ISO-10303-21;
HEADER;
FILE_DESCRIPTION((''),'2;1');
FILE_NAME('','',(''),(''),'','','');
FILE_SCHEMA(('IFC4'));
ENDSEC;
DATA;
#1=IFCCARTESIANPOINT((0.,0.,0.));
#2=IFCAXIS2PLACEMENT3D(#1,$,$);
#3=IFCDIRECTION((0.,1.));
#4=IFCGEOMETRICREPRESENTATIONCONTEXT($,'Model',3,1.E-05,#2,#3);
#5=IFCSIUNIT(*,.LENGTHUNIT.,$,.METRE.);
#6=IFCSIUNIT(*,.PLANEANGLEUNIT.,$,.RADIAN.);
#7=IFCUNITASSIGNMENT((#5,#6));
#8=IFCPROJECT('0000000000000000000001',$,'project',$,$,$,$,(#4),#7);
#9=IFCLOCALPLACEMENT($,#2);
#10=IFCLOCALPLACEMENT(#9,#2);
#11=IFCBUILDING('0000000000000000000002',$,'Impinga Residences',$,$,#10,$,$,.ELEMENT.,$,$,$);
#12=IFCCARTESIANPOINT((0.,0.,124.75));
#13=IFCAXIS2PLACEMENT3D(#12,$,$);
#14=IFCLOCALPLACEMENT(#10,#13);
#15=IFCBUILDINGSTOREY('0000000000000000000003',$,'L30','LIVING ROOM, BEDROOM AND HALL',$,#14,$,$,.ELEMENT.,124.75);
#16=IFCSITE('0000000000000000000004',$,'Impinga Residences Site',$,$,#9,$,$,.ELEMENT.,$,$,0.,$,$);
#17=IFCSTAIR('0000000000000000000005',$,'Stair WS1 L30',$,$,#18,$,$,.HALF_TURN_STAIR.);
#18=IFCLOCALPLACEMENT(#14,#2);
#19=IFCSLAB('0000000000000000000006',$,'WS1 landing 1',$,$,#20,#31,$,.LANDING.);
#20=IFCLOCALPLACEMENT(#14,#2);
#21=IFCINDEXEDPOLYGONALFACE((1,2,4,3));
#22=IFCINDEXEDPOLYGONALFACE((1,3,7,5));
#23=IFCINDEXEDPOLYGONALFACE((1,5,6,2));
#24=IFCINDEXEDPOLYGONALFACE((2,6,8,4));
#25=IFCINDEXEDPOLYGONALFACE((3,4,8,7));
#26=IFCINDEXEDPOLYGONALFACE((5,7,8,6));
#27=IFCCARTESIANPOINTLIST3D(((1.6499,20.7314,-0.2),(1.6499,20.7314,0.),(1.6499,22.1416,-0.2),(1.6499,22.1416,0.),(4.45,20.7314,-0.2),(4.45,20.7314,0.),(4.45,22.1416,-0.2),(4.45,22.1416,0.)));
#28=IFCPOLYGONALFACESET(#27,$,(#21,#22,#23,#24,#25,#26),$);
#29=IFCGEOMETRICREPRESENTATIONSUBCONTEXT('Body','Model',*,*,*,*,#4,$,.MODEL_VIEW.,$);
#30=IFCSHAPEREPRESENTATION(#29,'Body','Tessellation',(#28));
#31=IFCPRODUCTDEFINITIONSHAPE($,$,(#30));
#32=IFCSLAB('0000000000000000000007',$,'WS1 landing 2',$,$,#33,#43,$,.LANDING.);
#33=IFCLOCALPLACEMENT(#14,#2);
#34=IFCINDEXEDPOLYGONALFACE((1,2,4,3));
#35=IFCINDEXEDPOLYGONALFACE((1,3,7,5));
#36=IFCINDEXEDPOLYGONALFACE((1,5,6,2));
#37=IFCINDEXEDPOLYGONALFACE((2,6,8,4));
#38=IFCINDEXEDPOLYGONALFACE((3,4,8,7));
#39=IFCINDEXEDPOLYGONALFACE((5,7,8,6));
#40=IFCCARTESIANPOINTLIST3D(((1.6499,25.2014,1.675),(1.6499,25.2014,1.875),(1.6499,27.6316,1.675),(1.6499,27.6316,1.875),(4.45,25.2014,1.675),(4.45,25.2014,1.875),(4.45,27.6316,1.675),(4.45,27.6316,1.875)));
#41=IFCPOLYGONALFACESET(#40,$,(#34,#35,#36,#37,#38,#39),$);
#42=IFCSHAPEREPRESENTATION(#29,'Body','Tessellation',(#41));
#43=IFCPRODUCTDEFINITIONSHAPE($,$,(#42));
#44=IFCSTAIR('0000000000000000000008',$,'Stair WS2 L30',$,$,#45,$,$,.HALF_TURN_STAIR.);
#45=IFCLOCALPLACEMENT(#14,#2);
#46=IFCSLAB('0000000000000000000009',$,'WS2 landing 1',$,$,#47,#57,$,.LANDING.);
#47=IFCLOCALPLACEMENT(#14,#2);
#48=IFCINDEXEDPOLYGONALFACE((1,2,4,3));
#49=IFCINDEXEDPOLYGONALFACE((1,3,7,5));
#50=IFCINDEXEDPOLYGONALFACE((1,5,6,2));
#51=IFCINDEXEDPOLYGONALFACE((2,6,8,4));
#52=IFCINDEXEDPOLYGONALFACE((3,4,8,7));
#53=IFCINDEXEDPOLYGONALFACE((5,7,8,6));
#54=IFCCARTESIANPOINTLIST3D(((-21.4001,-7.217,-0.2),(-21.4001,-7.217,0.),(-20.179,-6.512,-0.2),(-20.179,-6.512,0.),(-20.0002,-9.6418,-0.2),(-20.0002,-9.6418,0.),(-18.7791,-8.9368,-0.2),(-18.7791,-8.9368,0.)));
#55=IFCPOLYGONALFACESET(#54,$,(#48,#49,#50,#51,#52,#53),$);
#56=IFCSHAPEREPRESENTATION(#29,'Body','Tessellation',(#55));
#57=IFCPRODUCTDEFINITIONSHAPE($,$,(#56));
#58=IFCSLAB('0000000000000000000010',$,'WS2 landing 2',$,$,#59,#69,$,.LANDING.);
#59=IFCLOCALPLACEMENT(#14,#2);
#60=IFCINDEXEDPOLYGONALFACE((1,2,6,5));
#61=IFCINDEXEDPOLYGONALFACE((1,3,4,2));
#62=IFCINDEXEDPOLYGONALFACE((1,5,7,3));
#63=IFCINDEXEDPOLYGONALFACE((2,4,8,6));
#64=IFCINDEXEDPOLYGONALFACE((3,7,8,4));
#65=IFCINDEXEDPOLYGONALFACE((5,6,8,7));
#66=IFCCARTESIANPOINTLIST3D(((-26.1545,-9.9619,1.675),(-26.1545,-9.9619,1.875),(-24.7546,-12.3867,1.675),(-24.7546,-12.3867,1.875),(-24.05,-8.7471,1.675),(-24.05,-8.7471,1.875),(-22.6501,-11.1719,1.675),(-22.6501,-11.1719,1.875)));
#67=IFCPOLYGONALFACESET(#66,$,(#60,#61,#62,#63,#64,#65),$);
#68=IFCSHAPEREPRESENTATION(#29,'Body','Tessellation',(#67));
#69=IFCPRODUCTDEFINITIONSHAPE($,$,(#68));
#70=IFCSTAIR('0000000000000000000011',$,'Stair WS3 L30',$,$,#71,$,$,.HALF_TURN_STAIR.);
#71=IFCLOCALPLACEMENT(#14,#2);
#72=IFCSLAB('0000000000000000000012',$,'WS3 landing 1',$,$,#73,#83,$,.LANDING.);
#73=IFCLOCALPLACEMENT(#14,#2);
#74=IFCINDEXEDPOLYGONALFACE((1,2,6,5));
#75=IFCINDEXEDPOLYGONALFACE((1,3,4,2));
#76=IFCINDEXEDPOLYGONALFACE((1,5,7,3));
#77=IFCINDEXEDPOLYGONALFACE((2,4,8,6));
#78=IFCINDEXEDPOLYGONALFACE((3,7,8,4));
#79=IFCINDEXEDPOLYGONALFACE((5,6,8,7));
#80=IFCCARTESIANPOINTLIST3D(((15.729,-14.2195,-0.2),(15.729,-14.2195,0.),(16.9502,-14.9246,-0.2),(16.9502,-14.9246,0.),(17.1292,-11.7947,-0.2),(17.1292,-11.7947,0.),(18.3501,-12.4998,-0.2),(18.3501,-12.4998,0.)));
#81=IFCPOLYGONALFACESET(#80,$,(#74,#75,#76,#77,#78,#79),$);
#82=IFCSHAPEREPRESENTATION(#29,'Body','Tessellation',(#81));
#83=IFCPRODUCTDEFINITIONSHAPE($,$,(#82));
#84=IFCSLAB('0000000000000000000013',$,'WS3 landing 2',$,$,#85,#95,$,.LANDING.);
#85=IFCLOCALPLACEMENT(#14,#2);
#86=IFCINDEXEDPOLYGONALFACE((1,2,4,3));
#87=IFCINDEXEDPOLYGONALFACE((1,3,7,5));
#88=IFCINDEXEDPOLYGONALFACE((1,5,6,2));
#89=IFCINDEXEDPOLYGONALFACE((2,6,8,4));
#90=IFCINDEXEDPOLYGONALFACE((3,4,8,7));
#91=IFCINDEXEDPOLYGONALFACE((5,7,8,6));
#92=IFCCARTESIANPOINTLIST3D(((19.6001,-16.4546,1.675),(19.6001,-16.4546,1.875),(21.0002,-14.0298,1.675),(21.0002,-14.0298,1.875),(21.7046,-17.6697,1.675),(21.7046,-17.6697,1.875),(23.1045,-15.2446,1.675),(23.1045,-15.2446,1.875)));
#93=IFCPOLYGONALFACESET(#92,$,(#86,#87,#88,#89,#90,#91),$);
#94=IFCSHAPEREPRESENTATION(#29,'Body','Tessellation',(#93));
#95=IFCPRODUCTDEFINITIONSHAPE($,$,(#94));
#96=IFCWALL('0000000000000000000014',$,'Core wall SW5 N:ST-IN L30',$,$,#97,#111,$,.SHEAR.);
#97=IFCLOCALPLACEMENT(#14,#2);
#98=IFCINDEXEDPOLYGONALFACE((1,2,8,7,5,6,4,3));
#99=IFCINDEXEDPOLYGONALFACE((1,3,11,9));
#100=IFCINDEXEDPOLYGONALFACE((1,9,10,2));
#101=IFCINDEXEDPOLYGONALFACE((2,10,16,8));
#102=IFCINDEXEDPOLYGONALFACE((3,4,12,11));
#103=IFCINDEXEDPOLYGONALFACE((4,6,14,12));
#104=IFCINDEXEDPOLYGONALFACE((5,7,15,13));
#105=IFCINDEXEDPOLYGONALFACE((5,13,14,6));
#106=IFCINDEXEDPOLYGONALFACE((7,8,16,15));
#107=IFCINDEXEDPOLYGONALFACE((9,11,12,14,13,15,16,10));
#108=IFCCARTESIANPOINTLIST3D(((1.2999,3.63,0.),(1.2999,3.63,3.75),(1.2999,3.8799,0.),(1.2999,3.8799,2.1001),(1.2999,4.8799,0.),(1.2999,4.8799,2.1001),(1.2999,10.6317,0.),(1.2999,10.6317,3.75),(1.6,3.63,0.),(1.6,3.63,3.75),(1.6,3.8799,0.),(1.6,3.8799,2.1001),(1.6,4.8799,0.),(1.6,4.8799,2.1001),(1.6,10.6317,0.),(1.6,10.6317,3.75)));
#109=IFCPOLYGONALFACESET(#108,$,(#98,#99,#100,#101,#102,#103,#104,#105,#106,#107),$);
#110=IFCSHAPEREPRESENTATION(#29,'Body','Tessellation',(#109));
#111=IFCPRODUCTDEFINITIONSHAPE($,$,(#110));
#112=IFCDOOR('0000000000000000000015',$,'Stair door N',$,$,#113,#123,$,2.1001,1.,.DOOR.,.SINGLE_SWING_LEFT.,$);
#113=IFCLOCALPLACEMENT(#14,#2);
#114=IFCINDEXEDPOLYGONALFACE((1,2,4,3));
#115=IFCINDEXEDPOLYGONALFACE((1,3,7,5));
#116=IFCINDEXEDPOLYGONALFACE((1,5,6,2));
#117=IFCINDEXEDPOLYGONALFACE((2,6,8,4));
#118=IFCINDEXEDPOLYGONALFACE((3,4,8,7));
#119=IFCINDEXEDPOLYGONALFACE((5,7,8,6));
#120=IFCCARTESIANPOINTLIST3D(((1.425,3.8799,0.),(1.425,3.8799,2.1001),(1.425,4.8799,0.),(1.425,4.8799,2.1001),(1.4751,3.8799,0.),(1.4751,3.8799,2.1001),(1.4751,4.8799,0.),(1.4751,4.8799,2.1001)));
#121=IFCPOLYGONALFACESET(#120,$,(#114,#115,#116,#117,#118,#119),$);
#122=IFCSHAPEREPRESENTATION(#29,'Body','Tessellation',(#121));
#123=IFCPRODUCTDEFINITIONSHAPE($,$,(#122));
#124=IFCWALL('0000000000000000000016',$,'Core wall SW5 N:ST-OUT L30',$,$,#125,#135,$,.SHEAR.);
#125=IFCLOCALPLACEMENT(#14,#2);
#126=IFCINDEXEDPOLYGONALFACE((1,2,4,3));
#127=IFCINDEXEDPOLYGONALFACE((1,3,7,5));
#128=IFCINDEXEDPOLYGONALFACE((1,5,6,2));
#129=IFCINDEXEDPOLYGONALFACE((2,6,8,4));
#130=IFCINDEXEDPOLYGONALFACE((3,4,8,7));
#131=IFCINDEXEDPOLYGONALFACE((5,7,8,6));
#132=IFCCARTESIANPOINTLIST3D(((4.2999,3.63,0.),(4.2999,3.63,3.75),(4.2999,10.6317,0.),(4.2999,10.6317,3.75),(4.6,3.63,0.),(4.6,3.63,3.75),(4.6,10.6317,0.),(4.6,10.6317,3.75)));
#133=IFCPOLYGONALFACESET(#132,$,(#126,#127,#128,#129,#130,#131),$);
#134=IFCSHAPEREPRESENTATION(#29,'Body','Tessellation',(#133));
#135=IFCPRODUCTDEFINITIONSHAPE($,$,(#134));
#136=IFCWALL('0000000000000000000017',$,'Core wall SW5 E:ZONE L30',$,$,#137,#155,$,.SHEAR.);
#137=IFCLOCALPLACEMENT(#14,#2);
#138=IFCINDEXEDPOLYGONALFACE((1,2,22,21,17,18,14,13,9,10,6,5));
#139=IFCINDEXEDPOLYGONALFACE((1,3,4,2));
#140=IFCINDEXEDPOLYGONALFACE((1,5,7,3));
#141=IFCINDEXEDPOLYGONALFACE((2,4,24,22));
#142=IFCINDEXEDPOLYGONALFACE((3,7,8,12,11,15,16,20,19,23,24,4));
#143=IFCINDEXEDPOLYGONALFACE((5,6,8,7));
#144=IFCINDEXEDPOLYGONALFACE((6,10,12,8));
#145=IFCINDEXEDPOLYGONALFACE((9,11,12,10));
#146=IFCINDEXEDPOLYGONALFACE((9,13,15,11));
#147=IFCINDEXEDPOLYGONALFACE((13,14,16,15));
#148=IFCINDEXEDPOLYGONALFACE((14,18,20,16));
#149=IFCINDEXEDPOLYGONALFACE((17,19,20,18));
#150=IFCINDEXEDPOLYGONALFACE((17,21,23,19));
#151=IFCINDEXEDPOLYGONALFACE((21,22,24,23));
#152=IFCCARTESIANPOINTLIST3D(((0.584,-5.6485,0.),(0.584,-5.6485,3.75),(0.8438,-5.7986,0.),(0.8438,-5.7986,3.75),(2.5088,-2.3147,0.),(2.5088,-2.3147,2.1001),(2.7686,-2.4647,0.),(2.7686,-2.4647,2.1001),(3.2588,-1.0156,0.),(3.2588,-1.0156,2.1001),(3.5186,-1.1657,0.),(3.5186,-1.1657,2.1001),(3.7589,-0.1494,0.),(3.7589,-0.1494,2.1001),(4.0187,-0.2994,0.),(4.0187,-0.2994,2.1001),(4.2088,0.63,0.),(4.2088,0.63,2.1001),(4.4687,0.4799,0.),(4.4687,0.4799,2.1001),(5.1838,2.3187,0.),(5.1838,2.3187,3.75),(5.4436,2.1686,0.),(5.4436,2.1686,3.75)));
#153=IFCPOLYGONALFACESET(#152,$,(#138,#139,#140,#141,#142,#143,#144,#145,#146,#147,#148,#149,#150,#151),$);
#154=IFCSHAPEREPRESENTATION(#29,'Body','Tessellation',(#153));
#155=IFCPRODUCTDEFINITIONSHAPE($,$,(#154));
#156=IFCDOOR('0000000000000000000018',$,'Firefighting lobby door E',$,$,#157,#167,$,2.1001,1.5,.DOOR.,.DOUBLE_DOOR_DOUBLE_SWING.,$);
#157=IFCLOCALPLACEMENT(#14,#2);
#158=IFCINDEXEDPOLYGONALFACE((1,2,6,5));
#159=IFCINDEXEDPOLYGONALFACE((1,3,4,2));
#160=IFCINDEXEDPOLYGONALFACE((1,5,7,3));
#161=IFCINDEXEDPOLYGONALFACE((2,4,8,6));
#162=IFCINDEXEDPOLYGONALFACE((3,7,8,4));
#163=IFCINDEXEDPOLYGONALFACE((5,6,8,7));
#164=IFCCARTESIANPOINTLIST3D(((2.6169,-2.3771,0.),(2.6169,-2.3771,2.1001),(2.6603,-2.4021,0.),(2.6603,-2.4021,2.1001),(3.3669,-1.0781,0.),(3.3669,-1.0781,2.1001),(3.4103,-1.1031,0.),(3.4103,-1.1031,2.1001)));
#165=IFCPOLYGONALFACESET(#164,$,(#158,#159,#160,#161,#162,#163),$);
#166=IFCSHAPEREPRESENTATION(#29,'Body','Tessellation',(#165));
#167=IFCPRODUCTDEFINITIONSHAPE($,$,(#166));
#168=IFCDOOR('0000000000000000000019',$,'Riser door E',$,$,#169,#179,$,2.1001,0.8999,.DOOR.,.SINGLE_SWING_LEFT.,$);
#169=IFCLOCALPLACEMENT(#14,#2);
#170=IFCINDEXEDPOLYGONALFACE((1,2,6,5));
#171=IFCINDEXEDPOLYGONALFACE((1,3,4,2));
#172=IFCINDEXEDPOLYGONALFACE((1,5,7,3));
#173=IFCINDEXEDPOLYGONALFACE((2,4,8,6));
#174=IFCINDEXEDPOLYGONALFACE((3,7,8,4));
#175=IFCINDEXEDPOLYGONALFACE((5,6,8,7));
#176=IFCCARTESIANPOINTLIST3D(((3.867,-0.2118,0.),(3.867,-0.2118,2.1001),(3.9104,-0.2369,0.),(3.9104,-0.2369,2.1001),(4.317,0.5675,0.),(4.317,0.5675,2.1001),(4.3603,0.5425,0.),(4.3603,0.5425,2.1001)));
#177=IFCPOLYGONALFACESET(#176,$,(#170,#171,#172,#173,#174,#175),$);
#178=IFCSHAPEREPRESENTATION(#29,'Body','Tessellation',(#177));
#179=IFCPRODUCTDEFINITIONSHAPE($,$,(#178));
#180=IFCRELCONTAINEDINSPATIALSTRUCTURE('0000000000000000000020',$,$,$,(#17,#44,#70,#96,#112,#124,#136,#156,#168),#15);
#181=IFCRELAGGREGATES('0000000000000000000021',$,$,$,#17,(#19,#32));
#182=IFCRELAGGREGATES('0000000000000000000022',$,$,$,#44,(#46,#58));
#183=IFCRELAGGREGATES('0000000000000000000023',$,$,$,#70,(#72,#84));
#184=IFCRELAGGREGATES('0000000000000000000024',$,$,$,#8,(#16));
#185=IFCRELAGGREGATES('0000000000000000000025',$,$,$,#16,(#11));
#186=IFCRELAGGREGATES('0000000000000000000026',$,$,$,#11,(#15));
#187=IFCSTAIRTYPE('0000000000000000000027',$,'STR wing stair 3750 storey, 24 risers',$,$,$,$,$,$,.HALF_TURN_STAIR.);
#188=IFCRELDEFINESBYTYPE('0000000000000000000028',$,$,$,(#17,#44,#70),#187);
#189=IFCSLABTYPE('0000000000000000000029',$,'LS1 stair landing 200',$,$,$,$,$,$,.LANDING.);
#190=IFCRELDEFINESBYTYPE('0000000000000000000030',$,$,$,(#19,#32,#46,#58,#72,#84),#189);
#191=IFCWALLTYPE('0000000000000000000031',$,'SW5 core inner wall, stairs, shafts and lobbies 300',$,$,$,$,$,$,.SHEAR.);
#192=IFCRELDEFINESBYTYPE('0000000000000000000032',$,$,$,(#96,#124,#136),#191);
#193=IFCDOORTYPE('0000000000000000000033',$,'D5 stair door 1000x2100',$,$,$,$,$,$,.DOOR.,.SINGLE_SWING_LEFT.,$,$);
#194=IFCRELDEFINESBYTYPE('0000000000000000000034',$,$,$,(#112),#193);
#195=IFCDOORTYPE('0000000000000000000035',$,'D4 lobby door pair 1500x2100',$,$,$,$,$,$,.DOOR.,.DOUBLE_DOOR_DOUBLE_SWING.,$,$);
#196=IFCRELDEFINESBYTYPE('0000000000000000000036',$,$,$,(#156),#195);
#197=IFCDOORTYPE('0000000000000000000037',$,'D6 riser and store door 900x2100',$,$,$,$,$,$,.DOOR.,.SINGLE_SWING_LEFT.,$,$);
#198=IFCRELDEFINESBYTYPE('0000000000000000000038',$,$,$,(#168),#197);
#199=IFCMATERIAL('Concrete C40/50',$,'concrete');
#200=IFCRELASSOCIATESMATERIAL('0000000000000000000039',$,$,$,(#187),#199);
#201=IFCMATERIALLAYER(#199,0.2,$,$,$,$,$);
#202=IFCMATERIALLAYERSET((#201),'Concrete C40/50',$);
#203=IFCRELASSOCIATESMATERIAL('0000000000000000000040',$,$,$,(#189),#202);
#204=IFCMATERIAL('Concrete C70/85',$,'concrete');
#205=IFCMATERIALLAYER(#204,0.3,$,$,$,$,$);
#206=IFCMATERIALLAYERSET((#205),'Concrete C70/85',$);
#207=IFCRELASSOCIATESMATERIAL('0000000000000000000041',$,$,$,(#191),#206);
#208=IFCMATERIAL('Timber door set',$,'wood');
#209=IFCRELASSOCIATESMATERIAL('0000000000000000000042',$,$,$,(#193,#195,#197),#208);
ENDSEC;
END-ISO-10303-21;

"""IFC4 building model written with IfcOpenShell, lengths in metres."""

from ifc_helpers import new_model, si_unit, direction, frame, frame_2d, origin, place, context, subcontext, project, spatial, polyline, rectangle, outline, extrude, material, layer, layer_set, type_object, element, fill, aggregate, save


model = new_model("IFC4")

# Units and contexts
model_context = context("Model", 3, precision=1e-05, world=origin(), true_north=direction((0.0, 1.0)))
body_context = subcontext(model_context, "Body", "Model", "MODEL_VIEW")
ifc_project = project(units=[si_unit("LENGTHUNIT", "METRE"), si_unit("PLANEANGLEUNIT", "RADIAN")], contexts=[model_context])

# Site, building, storey
site_placement = place(None, origin())
site = spatial("IfcSite", under=ifc_project, at=site_placement, Name="Impinga Residences Site", CompositionType="ELEMENT", RefElevation=0.0)
building_placement = place(site_placement, origin())
building = spatial("IfcBuilding", under=site, at=building_placement, Name="Impinga Residences", CompositionType="ELEMENT")
storey_placement = place(building_placement, frame((0.0, 0.0, 124.75)))
storey = spatial("IfcBuildingStorey", under=building, at=storey_placement, Name="L30", Description="LIVING ROOM, BEDROOM AND HALL", CompositionType="ELEMENT", Elevation=124.75)

# Stairs, slabs
ifc_material_1 = material(Name="Concrete C40/50", Category="concrete")
stair_type_1 = type_object("IfcStairType", Name="STR wing stair 3750 storey, 24 risers", PredefinedType="HALF_TURN_STAIR", material=ifc_material_1)
stair_1_placement = place(storey_placement, origin())
stair_1 = element("IfcStair", 1, at=stair_1_placement, inside=storey, type_object=stair_type_1, Name="Stair WS1 L30", PredefinedType="HALF_TURN_STAIR")
ifc_layer_1 = layer(ifc_material_1, 0.2)
ifc_layer_set_1 = layer_set([ifc_layer_1], Name="Concrete C40/50")
slab_type = type_object("IfcSlabType", Name="LS1 stair landing 200", PredefinedType="LANDING", material=ifc_layer_set_1)
slab_1_placement = place(storey_placement, frame((0.0, 0.0, -0.2)))
slab_1 = element("IfcSlab", 2, at=slab_1_placement, type_object=slab_type, Name="WS1 landing 1", PredefinedType="LANDING", context=body_context, shape_type="SweptSolid", body=[
    extrude(outline(polyline([(1.6499, 20.7314), (4.45, 20.7314), (4.45, 22.1416), (1.6499, 22.1416), (1.6499, 20.7314)])), origin(), (0.0, 0.0, 1.0), 0.2),
])
slab_2_placement = place(storey_placement, frame((0.0, 0.0, 1.675)))
slab_2 = element("IfcSlab", 3, at=slab_2_placement, type_object=slab_type, Name="WS1 landing 2", PredefinedType="LANDING", context=body_context, shape_type="SweptSolid", body=[
    extrude(outline(polyline([(1.6499, 25.2014), (4.45, 25.2014), (4.45, 27.6316), (1.6499, 27.6316), (1.6499, 25.2014)])), origin(), (0.0, 0.0, 1.0), 0.2),
])
aggregate(stair_1, [slab_1, slab_2])
stair_2_placement = place(storey_placement, origin())
stair_2 = element("IfcStair", 4, at=stair_2_placement, inside=storey, type_object=stair_type_1, Name="Stair WS2 L30", PredefinedType="HALF_TURN_STAIR")
slab_3_placement = place(storey_placement, frame((0.0, 0.0, -0.2)))
slab_3 = element("IfcSlab", 5, at=slab_3_placement, type_object=slab_type, Name="WS2 landing 1", PredefinedType="LANDING", context=body_context, shape_type="SweptSolid", body=[
    extrude(outline(polyline([(-18.7791, -8.9368), (-20.179, -6.512), (-21.4001, -7.217), (-20.0002, -9.6418), (-18.7791, -8.9368)])), origin(), (0.0, 0.0, 1.0), 0.2),
])
slab_4_placement = place(storey_placement, frame((0.0, 0.0, 1.675)))
slab_4 = element("IfcSlab", 6, at=slab_4_placement, type_object=slab_type, Name="WS2 landing 2", PredefinedType="LANDING", context=body_context, shape_type="SweptSolid", body=[
    extrude(outline(polyline([(-22.6501, -11.1719), (-24.05, -8.7471), (-26.1545, -9.9619), (-24.7546, -12.3867), (-22.6501, -11.1719)])), origin(), (0.0, 0.0, 1.0), 0.2),
])
aggregate(stair_2, [slab_3, slab_4])
stair_3_placement = place(storey_placement, origin())
stair_3 = element("IfcStair", 7, at=stair_3_placement, inside=storey, type_object=stair_type_1, Name="Stair WS3 L30", PredefinedType="HALF_TURN_STAIR")
slab_5_placement = place(storey_placement, frame((0.0, 0.0, -0.2)))
slab_5 = element("IfcSlab", 8, at=slab_5_placement, type_object=slab_type, Name="WS3 landing 1", PredefinedType="LANDING", context=body_context, shape_type="SweptSolid", body=[
    extrude(outline(polyline([(17.1292, -11.7947), (15.729, -14.2195), (16.9502, -14.9246), (18.3501, -12.4998), (17.1292, -11.7947)])), origin(), (0.0, 0.0, 1.0), 0.2),
])
slab_6_placement = place(storey_placement, frame((0.0, 0.0, 1.675)))
slab_6 = element("IfcSlab", 9, at=slab_6_placement, type_object=slab_type, Name="WS3 landing 2", PredefinedType="LANDING", context=body_context, shape_type="SweptSolid", body=[
    extrude(outline(polyline([(21.0002, -14.0298), (19.6001, -16.4546), (21.7046, -17.6697), (23.1045, -15.2446), (21.0002, -14.0298)])), origin(), (0.0, 0.0, 1.0), 0.2),
])
aggregate(stair_3, [slab_5, slab_6])

# Wall, opening, door
ifc_material_2 = material(Name="Concrete C70/85", Category="concrete")
ifc_layer_2 = layer(ifc_material_2, 0.3)
ifc_layer_set_2 = layer_set([ifc_layer_2], Name="Concrete C70/85")
wall_type = type_object("IfcWallType", Name="SW5 core inner wall, stairs, shafts and lobbies 300", PredefinedType="SHEAR", material=ifc_layer_set_2)
wall_1_placement = place(storey_placement, frame((1.45, 3.6299, 0.0), z_axis=(0.0, 0.0, 1.0), x_axis=(0.0, 1.0, 0.0)))
wall_1 = element("IfcWall", 10, at=wall_1_placement, inside=storey, type_object=wall_type, Name="Core wall SW5 N:ST-IN L30", PredefinedType="SHEAR", context=body_context, shape_type="SweptSolid", body=[
    extrude(rectangle(XDim=7.0017, YDim=0.3, at=frame_2d((3.501, 0.0))), origin(), (0.0, 0.0, 1.0), 3.75),
])
opening_1_placement = place(wall_1_placement, frame((0.25, 0.0, 0.0)))
opening_1 = element("IfcOpeningElement", 11, at=opening_1_placement, cuts=wall_1, PredefinedType="OPENING", context=body_context, shape_type="SweptSolid", body=[
    extrude(rectangle(XDim=1.0, YDim=2.1001, at=frame_2d((0.5, 1.05))), frame((0.0, 0.1599, 0.0), z_axis=(0.0, -1.0, 0.0), x_axis=(1.0, 0.0, 0.0)), (0.0, 0.0, 1.0), 0.3201),
])
ifc_material_3 = material(Name="Timber door set", Category="wood")
door_type_1 = type_object("IfcDoorType", Name="D5 stair door 1000x2100", OperationType="SINGLE_SWING_LEFT", PredefinedType="DOOR", material=ifc_material_3)
door_1_placement = place(opening_1_placement, origin())
door_1 = element("IfcDoor", 12, at=door_1_placement, inside=storey, type_object=door_type_1, Name="Stair door N", OperationType="SINGLE_SWING_LEFT", OverallHeight=2.1001, OverallWidth=1.0, PredefinedType="DOOR", context=body_context, shape_type="SweptSolid", body=[
    extrude(rectangle(XDim=1.0, YDim=2.1001, at=frame_2d((0.5, 1.05))), frame((0.0, 0.0249, 0.0), z_axis=(0.0, -1.0, 0.0), x_axis=(1.0, 0.0, 0.0)), (0.0, 0.0, 1.0), 0.05),
])
fill(opening_1, door_1)

# Wall
wall_2_placement = place(storey_placement, frame((4.45, 3.6299, 0.0), z_axis=(0.0, 0.0, 1.0), x_axis=(0.0, 1.0, 0.0)))
element("IfcWall", 13, at=wall_2_placement, inside=storey, type_object=wall_type, Name="Core wall SW5 N:ST-OUT L30", PredefinedType="SHEAR", context=body_context, shape_type="SweptSolid", body=[
    extrude(rectangle(XDim=7.0017, YDim=0.3, at=frame_2d((3.501, 0.0))), origin(), (0.0, 0.0, 1.0), 3.75),
])

# Wall, openings, doors
wall_3_placement = place(storey_placement, frame((5.3137, 2.2437, 0.0), z_axis=(0.0, 0.0, 1.0), x_axis=(-0.499995, -0.866028, 0.0)))
wall_3 = element("IfcWall", 14, at=wall_3_placement, inside=storey, type_object=wall_type, Name="Core wall SW5 E:ZONE L30", PredefinedType="SHEAR", context=body_context, shape_type="SweptSolid", body=[
    extrude(rectangle(XDim=9.1997, YDim=0.3, at=frame_2d((4.5999, 0.0))), origin(), (0.0, 0.0, 1.0), 3.75),
])
opening_2_placement = place(wall_3_placement, frame((3.8501, 0.0, 0.0)))
opening_2 = element("IfcOpeningElement", 15, at=opening_2_placement, cuts=wall_3, PredefinedType="OPENING", context=body_context, shape_type="SweptSolid", body=[
    extrude(rectangle(XDim=1.5, YDim=2.1001, at=frame_2d((0.75, 1.05))), frame((0.0, 0.1599, 0.0), z_axis=(0.0, -1.0, 0.0), x_axis=(1.0, 0.0, 0.0)), (0.0, 0.0, 1.0), 0.3201),
])
opening_3_placement = place(wall_3_placement, frame((1.95, 0.0, 0.0)))
opening_3 = element("IfcOpeningElement", 16, at=opening_3_placement, cuts=wall_3, PredefinedType="OPENING", context=body_context, shape_type="SweptSolid", body=[
    extrude(rectangle(XDim=0.8999, YDim=2.1001, at=frame_2d((0.45, 1.05))), frame((0.0, 0.1599, 0.0), z_axis=(0.0, -1.0, 0.0), x_axis=(1.0, 0.0, 0.0)), (0.0, 0.0, 1.0), 0.3201),
])
door_type_2 = type_object("IfcDoorType", Name="D4 lobby door pair 1500x2100", OperationType="DOUBLE_DOOR_DOUBLE_SWING", PredefinedType="DOOR", material=ifc_material_3)
door_2_placement = place(opening_2_placement, origin())
door_2 = element("IfcDoor", 17, at=door_2_placement, inside=storey, type_object=door_type_2, Name="Firefighting lobby door E", OperationType="DOUBLE_DOOR_DOUBLE_SWING", OverallHeight=2.1001, OverallWidth=1.5, PredefinedType="DOOR", context=body_context, shape_type="SweptSolid", body=[
    extrude(rectangle(XDim=1.5, YDim=2.1001, at=frame_2d((0.75, 1.05))), frame((0.0, 0.0249, 0.0), z_axis=(0.0, -1.0, 0.0), x_axis=(1.0, 0.0, 0.0)), (0.0, 0.0, 1.0), 0.05),
])
fill(opening_2, door_2)
door_type_3 = type_object("IfcDoorType", Name="D6 riser and store door 900x2100", OperationType="SINGLE_SWING_LEFT", PredefinedType="DOOR", material=ifc_material_3)
door_3_placement = place(opening_3_placement, origin())
door_3 = element("IfcDoor", 18, at=door_3_placement, inside=storey, type_object=door_type_3, Name="Riser door E", OperationType="SINGLE_SWING_LEFT", OverallHeight=2.1001, OverallWidth=0.8999, PredefinedType="DOOR", context=body_context, shape_type="SweptSolid", body=[
    extrude(rectangle(XDim=0.8999, YDim=2.1001, at=frame_2d((0.45, 1.05))), frame((0.0, 0.0249, 0.0), z_axis=(0.0, -1.0, 0.0), x_axis=(1.0, 0.0, 0.0)), (0.0, 0.0, 1.0), 0.05),
])
fill(opening_3, door_3)

save(model, "model.ifc")
